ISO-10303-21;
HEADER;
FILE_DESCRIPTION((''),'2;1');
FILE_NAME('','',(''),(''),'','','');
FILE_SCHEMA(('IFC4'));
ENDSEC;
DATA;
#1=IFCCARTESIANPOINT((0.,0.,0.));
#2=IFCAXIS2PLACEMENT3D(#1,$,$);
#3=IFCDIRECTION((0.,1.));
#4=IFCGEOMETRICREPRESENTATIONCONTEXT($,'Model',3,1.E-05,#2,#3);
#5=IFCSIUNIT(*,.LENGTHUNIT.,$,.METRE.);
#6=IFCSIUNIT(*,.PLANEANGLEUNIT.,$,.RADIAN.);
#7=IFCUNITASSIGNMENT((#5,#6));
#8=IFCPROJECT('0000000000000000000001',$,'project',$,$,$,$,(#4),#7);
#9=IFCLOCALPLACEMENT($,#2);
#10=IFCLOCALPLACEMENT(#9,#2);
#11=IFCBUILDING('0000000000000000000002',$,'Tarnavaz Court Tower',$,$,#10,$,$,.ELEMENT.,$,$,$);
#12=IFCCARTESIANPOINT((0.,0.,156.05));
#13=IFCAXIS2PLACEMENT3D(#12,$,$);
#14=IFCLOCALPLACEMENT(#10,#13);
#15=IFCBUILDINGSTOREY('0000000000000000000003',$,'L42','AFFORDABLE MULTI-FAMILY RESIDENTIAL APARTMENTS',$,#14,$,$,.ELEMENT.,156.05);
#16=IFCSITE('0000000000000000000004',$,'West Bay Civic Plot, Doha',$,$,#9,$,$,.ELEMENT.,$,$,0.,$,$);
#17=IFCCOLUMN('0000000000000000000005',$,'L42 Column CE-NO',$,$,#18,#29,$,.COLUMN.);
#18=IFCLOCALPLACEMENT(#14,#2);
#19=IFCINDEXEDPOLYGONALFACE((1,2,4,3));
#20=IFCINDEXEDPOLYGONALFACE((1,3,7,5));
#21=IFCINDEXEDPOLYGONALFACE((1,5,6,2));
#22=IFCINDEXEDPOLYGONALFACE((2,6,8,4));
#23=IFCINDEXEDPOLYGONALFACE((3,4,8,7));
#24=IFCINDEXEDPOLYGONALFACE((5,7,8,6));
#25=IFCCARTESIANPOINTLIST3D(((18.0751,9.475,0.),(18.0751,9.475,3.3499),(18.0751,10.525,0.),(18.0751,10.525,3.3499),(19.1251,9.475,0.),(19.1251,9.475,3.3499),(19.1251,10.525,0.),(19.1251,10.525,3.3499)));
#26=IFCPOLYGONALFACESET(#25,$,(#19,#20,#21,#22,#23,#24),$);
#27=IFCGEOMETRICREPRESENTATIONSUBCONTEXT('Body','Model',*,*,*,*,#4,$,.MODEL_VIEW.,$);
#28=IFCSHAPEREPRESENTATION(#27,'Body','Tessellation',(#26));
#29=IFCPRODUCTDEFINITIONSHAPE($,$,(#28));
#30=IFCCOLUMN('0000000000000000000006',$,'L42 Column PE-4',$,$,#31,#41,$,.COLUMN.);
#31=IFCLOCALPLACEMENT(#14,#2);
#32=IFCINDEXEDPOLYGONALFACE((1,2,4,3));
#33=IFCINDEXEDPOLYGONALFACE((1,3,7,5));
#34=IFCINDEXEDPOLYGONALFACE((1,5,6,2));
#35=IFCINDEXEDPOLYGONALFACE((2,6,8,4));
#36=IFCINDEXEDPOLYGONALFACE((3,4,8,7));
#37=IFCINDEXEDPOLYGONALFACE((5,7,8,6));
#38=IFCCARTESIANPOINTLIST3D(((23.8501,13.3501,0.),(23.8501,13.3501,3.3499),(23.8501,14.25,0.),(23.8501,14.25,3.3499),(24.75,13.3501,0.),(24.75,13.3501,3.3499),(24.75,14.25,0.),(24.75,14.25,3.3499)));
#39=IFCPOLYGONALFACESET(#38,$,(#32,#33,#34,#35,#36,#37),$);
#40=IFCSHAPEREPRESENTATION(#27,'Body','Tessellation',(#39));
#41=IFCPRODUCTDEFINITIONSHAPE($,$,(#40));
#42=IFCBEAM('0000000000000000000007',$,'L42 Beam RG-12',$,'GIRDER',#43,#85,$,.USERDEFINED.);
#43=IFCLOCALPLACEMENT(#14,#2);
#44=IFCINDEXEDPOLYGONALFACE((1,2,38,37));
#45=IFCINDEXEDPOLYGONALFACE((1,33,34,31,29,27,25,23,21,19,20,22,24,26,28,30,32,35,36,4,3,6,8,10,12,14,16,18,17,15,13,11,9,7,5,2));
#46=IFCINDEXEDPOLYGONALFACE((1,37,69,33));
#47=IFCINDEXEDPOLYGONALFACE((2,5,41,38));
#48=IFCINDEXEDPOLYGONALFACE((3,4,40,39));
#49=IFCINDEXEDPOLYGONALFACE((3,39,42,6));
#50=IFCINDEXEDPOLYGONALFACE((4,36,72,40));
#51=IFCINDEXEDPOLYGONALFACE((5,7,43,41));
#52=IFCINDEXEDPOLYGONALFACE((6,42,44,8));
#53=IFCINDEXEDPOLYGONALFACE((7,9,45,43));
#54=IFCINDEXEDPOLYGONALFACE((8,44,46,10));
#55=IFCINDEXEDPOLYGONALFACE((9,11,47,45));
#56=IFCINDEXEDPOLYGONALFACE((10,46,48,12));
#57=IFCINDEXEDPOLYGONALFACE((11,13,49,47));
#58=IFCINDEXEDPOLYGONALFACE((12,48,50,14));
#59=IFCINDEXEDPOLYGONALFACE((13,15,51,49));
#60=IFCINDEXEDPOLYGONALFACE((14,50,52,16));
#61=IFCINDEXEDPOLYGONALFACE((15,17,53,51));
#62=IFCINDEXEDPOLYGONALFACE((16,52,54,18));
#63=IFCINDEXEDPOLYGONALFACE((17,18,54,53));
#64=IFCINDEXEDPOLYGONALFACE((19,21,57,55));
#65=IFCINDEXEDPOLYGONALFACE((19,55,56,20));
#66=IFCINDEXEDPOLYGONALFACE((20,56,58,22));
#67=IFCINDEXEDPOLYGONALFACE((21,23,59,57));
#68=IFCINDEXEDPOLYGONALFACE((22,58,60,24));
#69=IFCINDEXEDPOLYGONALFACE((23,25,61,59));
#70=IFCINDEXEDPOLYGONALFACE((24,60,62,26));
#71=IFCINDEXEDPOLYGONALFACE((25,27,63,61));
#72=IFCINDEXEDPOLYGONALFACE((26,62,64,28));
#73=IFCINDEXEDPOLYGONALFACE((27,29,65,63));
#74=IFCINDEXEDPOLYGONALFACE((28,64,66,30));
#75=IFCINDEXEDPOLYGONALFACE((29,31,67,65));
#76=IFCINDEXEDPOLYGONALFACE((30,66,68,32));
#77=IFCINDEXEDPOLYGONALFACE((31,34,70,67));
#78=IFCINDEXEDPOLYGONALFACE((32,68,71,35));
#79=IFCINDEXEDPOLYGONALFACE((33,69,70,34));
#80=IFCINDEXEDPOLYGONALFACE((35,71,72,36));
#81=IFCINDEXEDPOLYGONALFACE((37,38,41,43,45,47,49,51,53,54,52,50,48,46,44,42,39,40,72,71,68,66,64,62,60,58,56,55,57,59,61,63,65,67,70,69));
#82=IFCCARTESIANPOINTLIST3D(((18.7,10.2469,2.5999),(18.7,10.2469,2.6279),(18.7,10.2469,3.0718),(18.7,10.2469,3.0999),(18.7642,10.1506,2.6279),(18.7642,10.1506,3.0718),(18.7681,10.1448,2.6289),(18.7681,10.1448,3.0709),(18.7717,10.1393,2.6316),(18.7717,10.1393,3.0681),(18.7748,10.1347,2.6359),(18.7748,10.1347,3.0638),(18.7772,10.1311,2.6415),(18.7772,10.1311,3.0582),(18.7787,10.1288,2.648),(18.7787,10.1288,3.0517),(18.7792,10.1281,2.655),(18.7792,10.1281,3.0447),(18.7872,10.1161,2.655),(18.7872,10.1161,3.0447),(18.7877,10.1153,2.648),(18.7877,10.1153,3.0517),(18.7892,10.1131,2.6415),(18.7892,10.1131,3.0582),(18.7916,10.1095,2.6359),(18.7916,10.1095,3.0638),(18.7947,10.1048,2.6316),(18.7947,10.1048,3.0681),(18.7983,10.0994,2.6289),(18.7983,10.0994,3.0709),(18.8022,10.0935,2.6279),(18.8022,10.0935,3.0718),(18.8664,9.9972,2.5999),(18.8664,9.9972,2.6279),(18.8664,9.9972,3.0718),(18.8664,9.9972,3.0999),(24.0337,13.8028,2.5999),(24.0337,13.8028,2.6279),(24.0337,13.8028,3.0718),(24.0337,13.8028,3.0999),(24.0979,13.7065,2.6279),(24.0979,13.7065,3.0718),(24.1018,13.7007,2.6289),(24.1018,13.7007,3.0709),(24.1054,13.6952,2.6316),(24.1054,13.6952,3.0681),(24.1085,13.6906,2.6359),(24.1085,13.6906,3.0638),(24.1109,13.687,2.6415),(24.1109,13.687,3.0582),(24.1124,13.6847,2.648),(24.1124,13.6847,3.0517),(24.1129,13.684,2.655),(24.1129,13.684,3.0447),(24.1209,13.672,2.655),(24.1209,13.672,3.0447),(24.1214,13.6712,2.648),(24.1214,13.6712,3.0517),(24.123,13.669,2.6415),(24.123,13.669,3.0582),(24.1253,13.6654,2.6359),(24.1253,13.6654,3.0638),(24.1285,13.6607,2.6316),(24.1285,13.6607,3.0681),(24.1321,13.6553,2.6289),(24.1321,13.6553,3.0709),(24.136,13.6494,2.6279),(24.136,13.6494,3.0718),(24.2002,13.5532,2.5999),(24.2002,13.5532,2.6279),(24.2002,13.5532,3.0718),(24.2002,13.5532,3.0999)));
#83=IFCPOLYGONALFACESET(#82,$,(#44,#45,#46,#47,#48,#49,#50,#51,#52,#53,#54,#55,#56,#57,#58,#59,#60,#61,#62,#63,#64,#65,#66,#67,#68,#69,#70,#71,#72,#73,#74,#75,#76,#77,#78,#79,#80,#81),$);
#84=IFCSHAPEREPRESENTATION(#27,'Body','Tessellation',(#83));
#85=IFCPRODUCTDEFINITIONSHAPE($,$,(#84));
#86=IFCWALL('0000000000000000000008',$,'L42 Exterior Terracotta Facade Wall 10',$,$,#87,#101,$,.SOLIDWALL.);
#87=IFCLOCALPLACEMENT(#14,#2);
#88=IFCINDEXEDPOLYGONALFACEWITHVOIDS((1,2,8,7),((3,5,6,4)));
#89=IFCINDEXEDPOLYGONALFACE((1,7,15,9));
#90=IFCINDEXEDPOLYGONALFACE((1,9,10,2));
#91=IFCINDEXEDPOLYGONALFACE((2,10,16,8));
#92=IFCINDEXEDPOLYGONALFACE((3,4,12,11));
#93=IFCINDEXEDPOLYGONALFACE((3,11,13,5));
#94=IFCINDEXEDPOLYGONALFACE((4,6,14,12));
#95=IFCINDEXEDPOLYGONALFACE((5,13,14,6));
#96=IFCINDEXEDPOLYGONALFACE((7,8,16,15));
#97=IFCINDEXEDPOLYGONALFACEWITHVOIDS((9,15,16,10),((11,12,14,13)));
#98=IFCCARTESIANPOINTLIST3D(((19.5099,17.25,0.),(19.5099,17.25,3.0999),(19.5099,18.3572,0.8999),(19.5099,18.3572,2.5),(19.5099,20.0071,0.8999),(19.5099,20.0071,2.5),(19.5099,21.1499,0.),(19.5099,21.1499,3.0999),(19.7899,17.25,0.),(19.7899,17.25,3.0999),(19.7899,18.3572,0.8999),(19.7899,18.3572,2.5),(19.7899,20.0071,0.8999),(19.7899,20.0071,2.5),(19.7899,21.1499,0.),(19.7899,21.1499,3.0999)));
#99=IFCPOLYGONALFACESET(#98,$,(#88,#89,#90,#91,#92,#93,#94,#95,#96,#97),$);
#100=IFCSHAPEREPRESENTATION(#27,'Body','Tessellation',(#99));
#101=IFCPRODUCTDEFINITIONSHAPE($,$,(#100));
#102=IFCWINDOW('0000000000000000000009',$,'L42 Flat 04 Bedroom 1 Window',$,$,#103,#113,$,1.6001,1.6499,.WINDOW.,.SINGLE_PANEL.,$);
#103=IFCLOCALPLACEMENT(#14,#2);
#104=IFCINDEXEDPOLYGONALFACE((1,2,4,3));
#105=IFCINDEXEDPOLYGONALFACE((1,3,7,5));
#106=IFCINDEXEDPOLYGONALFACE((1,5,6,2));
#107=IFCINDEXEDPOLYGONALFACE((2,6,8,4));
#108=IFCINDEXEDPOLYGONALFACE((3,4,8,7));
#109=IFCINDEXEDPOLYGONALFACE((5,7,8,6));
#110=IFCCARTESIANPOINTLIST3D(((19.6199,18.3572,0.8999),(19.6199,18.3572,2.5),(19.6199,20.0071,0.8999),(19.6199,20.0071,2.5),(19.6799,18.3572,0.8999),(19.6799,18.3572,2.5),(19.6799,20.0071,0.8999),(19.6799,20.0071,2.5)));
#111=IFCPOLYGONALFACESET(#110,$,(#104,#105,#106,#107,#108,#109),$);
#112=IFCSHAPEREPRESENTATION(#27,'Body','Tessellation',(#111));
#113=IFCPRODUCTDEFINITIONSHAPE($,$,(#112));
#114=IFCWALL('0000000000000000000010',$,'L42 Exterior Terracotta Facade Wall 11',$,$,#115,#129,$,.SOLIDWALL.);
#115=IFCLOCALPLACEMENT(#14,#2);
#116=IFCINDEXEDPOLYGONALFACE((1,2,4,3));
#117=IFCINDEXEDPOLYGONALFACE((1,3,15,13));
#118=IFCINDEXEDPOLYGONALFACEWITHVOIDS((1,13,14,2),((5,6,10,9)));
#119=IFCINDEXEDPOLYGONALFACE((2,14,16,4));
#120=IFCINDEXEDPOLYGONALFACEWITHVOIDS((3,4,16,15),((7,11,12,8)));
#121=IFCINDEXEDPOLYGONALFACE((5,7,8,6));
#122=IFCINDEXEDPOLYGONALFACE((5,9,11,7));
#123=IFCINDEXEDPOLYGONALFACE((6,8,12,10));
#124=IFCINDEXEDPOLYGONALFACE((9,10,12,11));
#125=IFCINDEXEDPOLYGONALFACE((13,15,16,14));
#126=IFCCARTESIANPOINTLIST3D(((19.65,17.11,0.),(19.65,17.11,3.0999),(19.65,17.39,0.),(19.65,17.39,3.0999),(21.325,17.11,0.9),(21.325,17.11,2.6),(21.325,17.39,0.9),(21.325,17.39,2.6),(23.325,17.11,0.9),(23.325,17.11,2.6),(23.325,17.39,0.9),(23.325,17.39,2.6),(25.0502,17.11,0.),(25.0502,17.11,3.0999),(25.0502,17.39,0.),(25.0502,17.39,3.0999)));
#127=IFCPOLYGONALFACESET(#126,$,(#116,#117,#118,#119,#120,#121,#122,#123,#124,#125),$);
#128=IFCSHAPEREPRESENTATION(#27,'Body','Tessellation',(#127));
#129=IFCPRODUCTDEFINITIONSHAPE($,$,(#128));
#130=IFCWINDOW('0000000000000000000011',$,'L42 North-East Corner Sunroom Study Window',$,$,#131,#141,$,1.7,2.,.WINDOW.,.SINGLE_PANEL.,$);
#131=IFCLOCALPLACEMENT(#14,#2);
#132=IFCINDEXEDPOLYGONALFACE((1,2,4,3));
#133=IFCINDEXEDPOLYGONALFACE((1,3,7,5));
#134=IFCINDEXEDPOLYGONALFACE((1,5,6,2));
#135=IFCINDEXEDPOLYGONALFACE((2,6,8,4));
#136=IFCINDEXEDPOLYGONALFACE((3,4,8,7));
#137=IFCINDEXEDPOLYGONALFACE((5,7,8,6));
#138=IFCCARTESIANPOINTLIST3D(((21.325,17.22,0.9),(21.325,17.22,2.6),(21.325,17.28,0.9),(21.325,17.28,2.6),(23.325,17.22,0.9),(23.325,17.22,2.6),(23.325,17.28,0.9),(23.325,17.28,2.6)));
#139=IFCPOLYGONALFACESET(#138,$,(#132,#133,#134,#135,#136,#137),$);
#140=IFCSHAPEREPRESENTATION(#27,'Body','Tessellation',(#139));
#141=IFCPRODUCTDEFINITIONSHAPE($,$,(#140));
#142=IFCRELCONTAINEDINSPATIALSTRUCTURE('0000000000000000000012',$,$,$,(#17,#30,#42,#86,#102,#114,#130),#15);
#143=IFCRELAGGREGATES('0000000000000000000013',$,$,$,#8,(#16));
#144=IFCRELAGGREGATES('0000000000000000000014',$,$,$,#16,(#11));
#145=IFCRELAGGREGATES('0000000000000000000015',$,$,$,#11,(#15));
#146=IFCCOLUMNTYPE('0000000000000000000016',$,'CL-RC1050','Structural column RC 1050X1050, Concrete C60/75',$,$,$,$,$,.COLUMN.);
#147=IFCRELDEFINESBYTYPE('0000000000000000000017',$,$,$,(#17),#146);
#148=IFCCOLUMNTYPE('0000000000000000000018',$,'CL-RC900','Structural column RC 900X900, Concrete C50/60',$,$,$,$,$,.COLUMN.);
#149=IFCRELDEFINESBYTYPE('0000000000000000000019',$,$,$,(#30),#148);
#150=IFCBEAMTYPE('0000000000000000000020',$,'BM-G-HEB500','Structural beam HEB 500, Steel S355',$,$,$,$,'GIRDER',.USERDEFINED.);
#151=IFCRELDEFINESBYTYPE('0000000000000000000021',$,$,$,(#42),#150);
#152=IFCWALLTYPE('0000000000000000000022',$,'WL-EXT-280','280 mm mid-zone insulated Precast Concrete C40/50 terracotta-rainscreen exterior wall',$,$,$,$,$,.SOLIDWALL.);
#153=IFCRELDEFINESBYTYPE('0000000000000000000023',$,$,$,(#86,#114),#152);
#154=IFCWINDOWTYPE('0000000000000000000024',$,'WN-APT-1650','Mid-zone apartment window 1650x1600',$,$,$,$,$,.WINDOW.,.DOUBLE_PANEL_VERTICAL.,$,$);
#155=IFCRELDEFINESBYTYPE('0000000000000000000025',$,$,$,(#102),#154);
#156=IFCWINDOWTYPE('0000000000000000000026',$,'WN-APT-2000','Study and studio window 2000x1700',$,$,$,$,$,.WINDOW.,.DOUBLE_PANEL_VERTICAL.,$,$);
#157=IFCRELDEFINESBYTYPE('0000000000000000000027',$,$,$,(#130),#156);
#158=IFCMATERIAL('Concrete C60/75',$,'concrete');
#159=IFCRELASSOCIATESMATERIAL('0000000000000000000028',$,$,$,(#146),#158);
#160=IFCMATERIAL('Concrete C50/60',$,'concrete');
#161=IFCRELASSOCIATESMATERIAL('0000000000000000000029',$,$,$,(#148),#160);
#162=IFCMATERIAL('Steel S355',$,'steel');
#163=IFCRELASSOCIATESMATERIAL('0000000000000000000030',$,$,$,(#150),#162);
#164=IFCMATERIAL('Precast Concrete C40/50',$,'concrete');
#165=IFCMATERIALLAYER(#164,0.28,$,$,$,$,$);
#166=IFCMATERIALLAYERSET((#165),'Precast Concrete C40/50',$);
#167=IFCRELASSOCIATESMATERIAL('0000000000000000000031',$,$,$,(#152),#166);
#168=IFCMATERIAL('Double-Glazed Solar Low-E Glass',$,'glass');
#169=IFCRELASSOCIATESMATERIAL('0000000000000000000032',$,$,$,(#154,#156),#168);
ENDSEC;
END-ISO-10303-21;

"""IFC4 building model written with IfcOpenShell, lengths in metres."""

from ifc_helpers import new_model, si_unit, direction, frame, frame_2d, origin, origin_2d, place, context, subcontext, project, spatial, rectangle, i_section, extrude, material, layer, layer_set, material_profile, profile_set, type_object, element, fill, save


model = new_model("IFC4")

# Units and contexts
model_context = context("Model", 3, precision=1e-05, world=origin(), true_north=direction((0.0, 1.0)))
body_context = subcontext(model_context, "Body", "Model", "MODEL_VIEW")
ifc_project = project(units=[si_unit("LENGTHUNIT", "METRE"), si_unit("PLANEANGLEUNIT", "RADIAN")], contexts=[model_context])

# Site, building, storey
site_placement = place(None, origin())
site = spatial("IfcSite", under=ifc_project, at=site_placement, Name="West Bay Civic Plot, Doha", CompositionType="ELEMENT", RefElevation=0.0)
building_placement = place(site_placement, origin())
building = spatial("IfcBuilding", under=site, at=building_placement, Name="Tarnavaz Court Tower", CompositionType="ELEMENT")
storey_placement = place(building_placement, frame((0.0, 0.0, 156.05)))
storey = spatial("IfcBuildingStorey", under=building, at=storey_placement, Name="L42", Description="AFFORDABLE MULTI-FAMILY RESIDENTIAL APARTMENTS", CompositionType="ELEMENT", Elevation=156.05)

# Columns
ifc_material_1 = material(Name="Concrete C60/75", Category="concrete")
ifc_material_profile_1 = material_profile(ifc_material_1, rectangle(XDim=1.05, YDim=1.05, at=origin_2d()), Name="RC 1050X1050")
ifc_profile_set_1 = profile_set([ifc_material_profile_1], Name="Concrete C60/75")
column_type_1 = type_object("IfcColumnType", Name="CL-RC1050", Description="Structural column RC 1050X1050, Concrete C60/75", PredefinedType="COLUMN", material=ifc_profile_set_1)
column_1_placement = place(storey_placement, frame((18.6001, 10.0, 0.0), z_axis=(0.0, 0.0, 1.0), x_axis=(1.0, 0.0, 0.0)))
element("IfcColumn", 1, at=column_1_placement, inside=storey, type_object=column_type_1, Name="L42 Column CE-NO", PredefinedType="COLUMN", context=body_context, shape_type="SweptSolid", body=[
    extrude(rectangle(XDim=1.05, YDim=1.05, at=origin_2d()), origin(), (0.0, 0.0, 1.0), 3.3499),
])
ifc_material_2 = material(Name="Concrete C50/60", Category="concrete")
ifc_material_profile_2 = material_profile(ifc_material_2, rectangle(XDim=0.8999, YDim=0.8999, at=origin_2d()), Name="RC 900X900")
ifc_profile_set_2 = profile_set([ifc_material_profile_2], Name="Concrete C50/60")
column_type_2 = type_object("IfcColumnType", Name="CL-RC900", Description="Structural column RC 900X900, Concrete C50/60", PredefinedType="COLUMN", material=ifc_profile_set_2)
column_2_placement = place(storey_placement, frame((24.3, 13.8, 0.0), z_axis=(0.0, 0.0, 1.0), x_axis=(1.0, 0.0, 0.0)))
element("IfcColumn", 2, at=column_2_placement, inside=storey, type_object=column_type_2, Name="L42 Column PE-4", PredefinedType="COLUMN", context=body_context, shape_type="SweptSolid", body=[
    extrude(rectangle(XDim=0.8999, YDim=0.8999, at=origin_2d()), origin(), (0.0, 0.0, 1.0), 3.3499),
])

# Beam
ifc_material_3 = material(Name="Steel S355", Category="steel")
ifc_material_profile_3 = material_profile(ifc_material_3, i_section(OverallWidth=0.3, OverallDepth=0.5, WebThickness=0.0144, FlangeThickness=0.0281, FilletRadius=0.0271, at=origin_2d()), Name="HEB 500")
ifc_profile_set_3 = profile_set([ifc_material_profile_3], Name="Steel S355")
beam_type = type_object("IfcBeamType", Name="BM-G-HEB500", Description="Structural beam HEB 500, Steel S355", ElementType="GIRDER", PredefinedType="USERDEFINED", material=ifc_profile_set_3)
beam_placement = place(storey_placement, frame((18.7832, 10.1221, 2.8499), z_axis=(0.832044, 0.554709, 0.0), x_axis=(-0.554709, 0.832044, 0.0)))
element("IfcBeam", 3, at=beam_placement, inside=storey, type_object=beam_type, Name="L42 Beam RG-12", ObjectType="GIRDER", PredefinedType="USERDEFINED", context=body_context, shape_type="SweptSolid", body=[
    extrude(i_section(OverallWidth=0.3, OverallDepth=0.5, WebThickness=0.0144, FlangeThickness=0.0281, FilletRadius=0.0271, at=origin_2d()), origin(), (0.0, 0.0, 1.0), 6.4104),
])

# Walls, openings, windows
ifc_material_4 = material(Name="Precast Concrete C40/50", Category="concrete")
ifc_layer_1 = layer(ifc_material_4, 0.28)
ifc_layer_set_1 = layer_set([ifc_layer_1], Name="Precast Concrete C40/50")
wall_type_1 = type_object("IfcWallType", Name="WL-EXT-280", Description="280 mm mid-zone insulated Precast Concrete C40/50 terracotta-rainscreen exterior wall", PredefinedType="SOLIDWALL", material=ifc_layer_set_1)
wall_1_placement = place(storey_placement, frame((19.6499, 21.1499, 0.0), z_axis=(0.0, 0.0, 1.0), x_axis=(0.0, -1.0, 0.0)))
wall_1 = element("IfcWall", 4, at=wall_1_placement, inside=storey, type_object=wall_type_1, Name="L42 Exterior Terracotta Facade Wall 10", PredefinedType="SOLIDWALL", context=body_context, shape_type="SweptSolid", body=[
    extrude(rectangle(XDim=3.8999, YDim=0.28, at=frame_2d((1.95, 0.0))), origin(), (0.0, 0.0, 1.0), 3.0999),
])
opening_1_placement = place(wall_1_placement, frame((1.1428, 0.0, 0.8999)))
opening_1 = element("IfcOpeningElement", 5, at=opening_1_placement, cuts=wall_1, PredefinedType="OPENING", context=body_context, shape_type="SweptSolid", body=[
    extrude(rectangle(XDim=1.6499, YDim=1.6001, at=frame_2d((0.825, 0.8))), frame((0.0, 0.1499, 0.0), z_axis=(0.0, -1.0, 0.0), x_axis=(1.0, 0.0, 0.0)), (0.0, 0.0, 1.0), 0.3),
])
ifc_material_5 = material(Name="Double-Glazed Solar Low-E Glass", Category="glass")
window_type_1 = type_object("IfcWindowType", Name="WN-APT-1650", Description="Mid-zone apartment window 1650x1600", PartitioningType="DOUBLE_PANEL_VERTICAL", PredefinedType="WINDOW", material=ifc_material_5)
window_1_placement = place(opening_1_placement, origin())
window_1 = element("IfcWindow", 6, at=window_1_placement, inside=storey, type_object=window_type_1, Name="L42 Flat 04 Bedroom 1 Window", OverallHeight=1.6001, OverallWidth=1.6499, PartitioningType="SINGLE_PANEL", PredefinedType="WINDOW", context=body_context, shape_type="SweptSolid", body=[
    extrude(rectangle(XDim=1.6499, YDim=1.6001, at=frame_2d((0.825, 0.8))), frame((0.0, 0.03, 0.0), z_axis=(0.0, -1.0, 0.0), x_axis=(1.0, 0.0, 0.0)), (0.0, 0.0, 1.0), 0.0601),
])
fill(opening_1, window_1)
wall_2_placement = place(storey_placement, frame((19.6499, 17.25, 0.0), z_axis=(0.0, 0.0, 1.0), x_axis=(1.0, 0.0, 0.0)))
wall_2 = element("IfcWall", 7, at=wall_2_placement, inside=storey, type_object=wall_type_1, Name="L42 Exterior Terracotta Facade Wall 11", PredefinedType="SOLIDWALL", context=body_context, shape_type="SweptSolid", body=[
    extrude(rectangle(XDim=5.4001, YDim=0.28, at=frame_2d((2.7002, 0.0))), origin(), (0.0, 0.0, 1.0), 3.0999),
])
opening_2_placement = place(wall_2_placement, frame((1.675, 0.0, 0.8999)))
opening_2 = element("IfcOpeningElement", 8, at=opening_2_placement, cuts=wall_2, PredefinedType="OPENING", context=body_context, shape_type="SweptSolid", body=[
    extrude(rectangle(XDim=2.0, YDim=1.7, at=frame_2d((1.0, 0.8501))), frame((0.0, 0.1499, 0.0), z_axis=(0.0, -1.0, 0.0), x_axis=(1.0, 0.0, 0.0)), (0.0, 0.0, 1.0), 0.3),
])
window_type_2 = type_object("IfcWindowType", Name="WN-APT-2000", Description="Study and studio window 2000x1700", PartitioningType="DOUBLE_PANEL_VERTICAL", PredefinedType="WINDOW", material=ifc_material_5)
window_2_placement = place(opening_2_placement, origin())
window_2 = element("IfcWindow", 9, at=window_2_placement, inside=storey, type_object=window_type_2, Name="L42 North-East Corner Sunroom Study Window", OverallHeight=1.7, OverallWidth=2.0, PartitioningType="SINGLE_PANEL", PredefinedType="WINDOW", context=body_context, shape_type="SweptSolid", body=[
    extrude(rectangle(XDim=2.0, YDim=1.7, at=frame_2d((1.0, 0.8501))), frame((0.0, 0.03, 0.0), z_axis=(0.0, -1.0, 0.0), x_axis=(1.0, 0.0, 0.0)), (0.0, 0.0, 1.0), 0.0601),
])
fill(opening_2, window_2)

save(model, "model.ifc")
